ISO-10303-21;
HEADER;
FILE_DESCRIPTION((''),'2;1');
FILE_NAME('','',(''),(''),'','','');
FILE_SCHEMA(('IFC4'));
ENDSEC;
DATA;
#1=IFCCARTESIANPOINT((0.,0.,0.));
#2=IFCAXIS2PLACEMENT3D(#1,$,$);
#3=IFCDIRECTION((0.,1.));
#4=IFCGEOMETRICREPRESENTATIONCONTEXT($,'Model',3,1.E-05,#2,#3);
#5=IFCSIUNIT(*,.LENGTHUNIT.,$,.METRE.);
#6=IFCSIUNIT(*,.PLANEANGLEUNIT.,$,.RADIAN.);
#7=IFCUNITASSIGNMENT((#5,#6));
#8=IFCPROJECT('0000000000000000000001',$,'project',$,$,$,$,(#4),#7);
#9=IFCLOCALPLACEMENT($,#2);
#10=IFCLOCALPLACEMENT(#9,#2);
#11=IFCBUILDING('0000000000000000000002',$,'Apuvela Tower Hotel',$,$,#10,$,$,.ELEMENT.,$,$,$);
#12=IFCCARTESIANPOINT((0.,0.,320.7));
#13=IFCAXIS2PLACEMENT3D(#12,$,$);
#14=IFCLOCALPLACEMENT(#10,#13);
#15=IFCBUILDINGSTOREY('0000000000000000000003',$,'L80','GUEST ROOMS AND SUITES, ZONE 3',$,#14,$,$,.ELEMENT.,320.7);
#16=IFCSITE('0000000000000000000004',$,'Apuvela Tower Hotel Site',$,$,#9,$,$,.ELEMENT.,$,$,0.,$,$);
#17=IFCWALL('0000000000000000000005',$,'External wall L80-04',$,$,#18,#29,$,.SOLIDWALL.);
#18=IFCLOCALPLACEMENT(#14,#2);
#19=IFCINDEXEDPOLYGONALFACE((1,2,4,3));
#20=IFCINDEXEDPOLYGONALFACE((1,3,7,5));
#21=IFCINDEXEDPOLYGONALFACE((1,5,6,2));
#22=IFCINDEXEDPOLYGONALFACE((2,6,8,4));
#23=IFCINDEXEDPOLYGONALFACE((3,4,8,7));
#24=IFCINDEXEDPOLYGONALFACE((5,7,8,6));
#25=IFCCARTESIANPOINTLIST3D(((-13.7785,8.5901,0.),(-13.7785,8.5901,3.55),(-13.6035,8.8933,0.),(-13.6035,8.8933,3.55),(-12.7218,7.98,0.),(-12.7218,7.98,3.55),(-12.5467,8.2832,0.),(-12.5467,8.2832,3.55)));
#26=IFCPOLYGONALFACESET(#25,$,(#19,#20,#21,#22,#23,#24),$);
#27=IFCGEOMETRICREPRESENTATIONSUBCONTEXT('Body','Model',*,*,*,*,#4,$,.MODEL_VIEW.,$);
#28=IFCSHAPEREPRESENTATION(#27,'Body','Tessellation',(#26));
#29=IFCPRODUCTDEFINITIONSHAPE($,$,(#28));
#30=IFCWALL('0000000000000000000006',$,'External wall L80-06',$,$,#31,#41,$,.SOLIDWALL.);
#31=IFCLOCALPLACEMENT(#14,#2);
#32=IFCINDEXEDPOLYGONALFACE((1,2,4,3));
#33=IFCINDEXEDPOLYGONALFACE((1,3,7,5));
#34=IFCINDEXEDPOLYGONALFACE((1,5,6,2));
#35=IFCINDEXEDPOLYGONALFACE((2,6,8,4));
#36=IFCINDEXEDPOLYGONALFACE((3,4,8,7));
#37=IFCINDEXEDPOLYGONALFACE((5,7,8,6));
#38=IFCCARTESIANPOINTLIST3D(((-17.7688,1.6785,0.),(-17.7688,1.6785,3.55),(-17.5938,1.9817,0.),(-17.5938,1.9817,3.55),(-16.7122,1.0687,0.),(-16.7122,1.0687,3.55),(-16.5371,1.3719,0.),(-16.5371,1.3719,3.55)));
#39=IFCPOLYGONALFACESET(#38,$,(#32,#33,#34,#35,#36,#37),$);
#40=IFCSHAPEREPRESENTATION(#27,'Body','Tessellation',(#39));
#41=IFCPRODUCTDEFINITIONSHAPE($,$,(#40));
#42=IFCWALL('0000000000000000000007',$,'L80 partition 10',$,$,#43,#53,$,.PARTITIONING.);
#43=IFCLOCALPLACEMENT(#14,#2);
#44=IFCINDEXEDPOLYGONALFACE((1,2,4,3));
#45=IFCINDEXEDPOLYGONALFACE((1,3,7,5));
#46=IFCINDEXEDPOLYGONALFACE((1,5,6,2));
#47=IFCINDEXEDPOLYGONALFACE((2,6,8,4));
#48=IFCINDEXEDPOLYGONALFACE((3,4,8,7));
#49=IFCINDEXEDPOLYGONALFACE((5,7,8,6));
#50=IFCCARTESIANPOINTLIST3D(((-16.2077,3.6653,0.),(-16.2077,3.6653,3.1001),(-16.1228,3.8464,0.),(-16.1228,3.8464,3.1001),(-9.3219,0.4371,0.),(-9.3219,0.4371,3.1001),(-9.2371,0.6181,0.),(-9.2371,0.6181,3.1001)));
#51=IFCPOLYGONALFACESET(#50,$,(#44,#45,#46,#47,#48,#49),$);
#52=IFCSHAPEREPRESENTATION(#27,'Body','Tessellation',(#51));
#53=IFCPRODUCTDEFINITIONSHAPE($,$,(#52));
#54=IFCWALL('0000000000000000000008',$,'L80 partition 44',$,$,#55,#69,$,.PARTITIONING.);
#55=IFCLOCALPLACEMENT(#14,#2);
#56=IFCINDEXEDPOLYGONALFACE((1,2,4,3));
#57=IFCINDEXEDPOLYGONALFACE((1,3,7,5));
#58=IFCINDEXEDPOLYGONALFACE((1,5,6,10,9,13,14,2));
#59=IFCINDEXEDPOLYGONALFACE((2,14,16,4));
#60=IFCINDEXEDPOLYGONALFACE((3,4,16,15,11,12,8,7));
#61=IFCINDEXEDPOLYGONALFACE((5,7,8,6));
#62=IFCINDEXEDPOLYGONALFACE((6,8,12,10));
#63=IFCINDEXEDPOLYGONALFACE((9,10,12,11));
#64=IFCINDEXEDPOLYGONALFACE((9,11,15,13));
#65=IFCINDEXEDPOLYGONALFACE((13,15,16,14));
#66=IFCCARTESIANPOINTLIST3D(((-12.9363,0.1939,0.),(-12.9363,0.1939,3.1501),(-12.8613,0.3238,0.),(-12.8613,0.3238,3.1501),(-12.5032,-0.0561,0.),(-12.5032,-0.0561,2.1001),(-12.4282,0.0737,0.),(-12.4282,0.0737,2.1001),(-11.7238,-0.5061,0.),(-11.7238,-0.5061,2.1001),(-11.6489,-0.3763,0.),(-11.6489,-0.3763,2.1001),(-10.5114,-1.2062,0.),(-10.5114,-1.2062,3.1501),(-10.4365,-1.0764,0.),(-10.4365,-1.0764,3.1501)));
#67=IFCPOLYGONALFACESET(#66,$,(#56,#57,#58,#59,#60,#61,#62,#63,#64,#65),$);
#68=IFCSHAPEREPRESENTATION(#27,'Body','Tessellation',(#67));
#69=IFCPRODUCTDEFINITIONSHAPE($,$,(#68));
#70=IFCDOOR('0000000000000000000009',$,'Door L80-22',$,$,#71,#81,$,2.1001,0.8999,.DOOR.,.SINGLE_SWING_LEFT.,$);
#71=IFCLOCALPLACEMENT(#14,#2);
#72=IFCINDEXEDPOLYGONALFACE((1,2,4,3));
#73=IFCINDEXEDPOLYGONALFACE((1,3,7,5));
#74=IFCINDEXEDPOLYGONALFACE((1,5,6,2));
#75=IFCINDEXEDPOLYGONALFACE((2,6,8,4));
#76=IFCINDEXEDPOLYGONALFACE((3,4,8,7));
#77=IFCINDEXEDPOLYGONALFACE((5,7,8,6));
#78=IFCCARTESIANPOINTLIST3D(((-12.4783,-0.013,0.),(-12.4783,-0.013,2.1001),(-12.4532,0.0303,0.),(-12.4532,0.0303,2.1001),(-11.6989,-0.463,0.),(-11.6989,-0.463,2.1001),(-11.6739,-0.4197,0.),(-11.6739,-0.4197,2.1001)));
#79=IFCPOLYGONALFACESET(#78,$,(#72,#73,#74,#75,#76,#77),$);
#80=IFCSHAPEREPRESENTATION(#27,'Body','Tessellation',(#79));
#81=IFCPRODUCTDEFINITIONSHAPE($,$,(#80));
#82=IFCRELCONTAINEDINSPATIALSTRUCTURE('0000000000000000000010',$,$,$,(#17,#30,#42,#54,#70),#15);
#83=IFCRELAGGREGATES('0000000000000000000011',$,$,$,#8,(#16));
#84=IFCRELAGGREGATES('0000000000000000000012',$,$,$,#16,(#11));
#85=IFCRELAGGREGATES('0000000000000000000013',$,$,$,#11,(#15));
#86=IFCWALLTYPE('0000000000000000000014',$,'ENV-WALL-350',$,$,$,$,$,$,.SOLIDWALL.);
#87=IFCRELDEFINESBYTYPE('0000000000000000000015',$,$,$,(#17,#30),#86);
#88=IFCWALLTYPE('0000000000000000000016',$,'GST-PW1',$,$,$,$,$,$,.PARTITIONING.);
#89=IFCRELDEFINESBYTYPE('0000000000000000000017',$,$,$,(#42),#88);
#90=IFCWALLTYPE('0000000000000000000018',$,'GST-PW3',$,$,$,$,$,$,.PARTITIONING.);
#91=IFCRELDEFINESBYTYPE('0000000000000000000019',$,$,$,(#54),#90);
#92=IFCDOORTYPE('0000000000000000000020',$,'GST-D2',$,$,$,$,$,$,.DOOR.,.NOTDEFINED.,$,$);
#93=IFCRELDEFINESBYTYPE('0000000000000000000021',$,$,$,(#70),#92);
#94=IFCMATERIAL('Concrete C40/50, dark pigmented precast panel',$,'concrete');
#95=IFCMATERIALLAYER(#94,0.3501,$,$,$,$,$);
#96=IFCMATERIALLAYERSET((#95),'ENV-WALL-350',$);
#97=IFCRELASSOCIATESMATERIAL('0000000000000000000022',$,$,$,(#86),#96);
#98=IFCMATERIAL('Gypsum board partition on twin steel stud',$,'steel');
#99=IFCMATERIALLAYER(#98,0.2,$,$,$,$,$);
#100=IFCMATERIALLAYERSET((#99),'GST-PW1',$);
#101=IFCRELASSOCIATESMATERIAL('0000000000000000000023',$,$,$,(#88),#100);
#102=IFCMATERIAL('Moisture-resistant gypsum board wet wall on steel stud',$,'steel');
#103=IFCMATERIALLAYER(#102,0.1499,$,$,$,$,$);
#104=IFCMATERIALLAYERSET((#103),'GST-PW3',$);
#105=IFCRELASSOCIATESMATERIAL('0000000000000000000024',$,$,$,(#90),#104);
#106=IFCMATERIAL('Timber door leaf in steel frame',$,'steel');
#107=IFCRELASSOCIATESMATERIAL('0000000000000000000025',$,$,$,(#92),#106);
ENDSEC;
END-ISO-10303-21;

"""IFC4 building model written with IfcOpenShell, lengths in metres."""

from ifc_helpers import new_model, si_unit, direction, frame, frame_2d, origin, place, context, subcontext, project, spatial, rectangle, extrude, material, layer, layer_set, type_object, element, fill, save


model = new_model("IFC4")

# Units and contexts
model_context = context("Model", 3, precision=1e-05, world=origin(), true_north=direction((0.0, 1.0)))
body_context = subcontext(model_context, "Body", "Model", "MODEL_VIEW")
ifc_project = project(units=[si_unit("LENGTHUNIT", "METRE"), si_unit("PLANEANGLEUNIT", "RADIAN")], contexts=[model_context])

# Site, building, storey
site_placement = place(None, origin())
site = spatial("IfcSite", under=ifc_project, at=site_placement, Name="Apuvela Tower Hotel Site", CompositionType="ELEMENT", RefElevation=0.0)
building_placement = place(site_placement, origin())
building = spatial("IfcBuilding", under=site, at=building_placement, Name="Apuvela Tower Hotel", CompositionType="ELEMENT")
storey_placement = place(building_placement, frame((0.0, 0.0, 320.7)))
storey = spatial("IfcBuildingStorey", under=building, at=storey_placement, Name="L80", Description="GUEST ROOMS AND SUITES, ZONE 3", CompositionType="ELEMENT", Elevation=320.7)

# Wall
ifc_material_1 = material(Name="Concrete C40/50, dark pigmented precast panel", Category="concrete")
ifc_layer_1 = layer(ifc_material_1, 0.3501)
ifc_layer_set_1 = layer_set([ifc_layer_1], Name="ENV-WALL-350")
wall_type_1 = type_object("IfcWallType", Name="ENV-WALL-350", PredefinedType="SOLIDWALL", material=ifc_layer_set_1)
wall_1_placement = place(storey_placement, frame((-12.6343, 8.1316, 0.0), z_axis=(0.0, 0.0, 1.0), x_axis=(-0.866006, 0.500034, 0.0)))
element("IfcWall", 1, at=wall_1_placement, inside=storey, type_object=wall_type_1, Name="External wall L80-04", PredefinedType="SOLIDWALL", context=body_context, shape_type="SweptSolid", body=[
    extrude(rectangle(XDim=1.2202, YDim=0.3501, at=frame_2d((0.6101, 0.0))), origin(), (0.0, 0.0, 1.0), 3.55),
])

# Wall
wall_2_placement = place(storey_placement, frame((-17.6812, 1.8301, 0.0), z_axis=(0.0, 0.0, 1.0), x_axis=(0.866092, -0.499884, 0.0)))
element("IfcWall", 2, at=wall_2_placement, inside=storey, type_object=wall_type_1, Name="External wall L80-06", PredefinedType="SOLIDWALL", context=body_context, shape_type="SweptSolid", body=[
    extrude(rectangle(XDim=1.22, YDim=0.3501, at=frame_2d((0.6099, 0.0))), origin(), (0.0, 0.0, 1.0), 3.55),
])

# Wall
ifc_material_2 = material(Name="Gypsum board partition on twin steel stud", Category="steel")
ifc_layer_2 = layer(ifc_material_2, 0.2)
ifc_layer_set_2 = layer_set([ifc_layer_2], Name="GST-PW1")
wall_type_2 = type_object("IfcWallType", Name="GST-PW1", PredefinedType="PARTITIONING", material=ifc_layer_set_2)
wall_3_placement = place(storey_placement, frame((-16.1653, 3.7559, 0.0), z_axis=(0.0, 0.0, 1.0), x_axis=(0.90543, -0.424496, 0.0)))
element("IfcWall", 3, at=wall_3_placement, inside=storey, type_object=wall_type_2, Name="L80 partition 10", PredefinedType="PARTITIONING", context=body_context, shape_type="SweptSolid", body=[
    extrude(rectangle(XDim=7.605, YDim=0.2, at=frame_2d((3.8025, 0.0))), origin(), (0.0, 0.0, 1.0), 3.1001),
])

# Wall, opening, door
ifc_material_3 = material(Name="Moisture-resistant gypsum board wet wall on steel stud", Category="steel")
ifc_layer_3 = layer(ifc_material_3, 0.1499)
ifc_layer_set_3 = layer_set([ifc_layer_3], Name="GST-PW3")
wall_type_3 = type_object("IfcWallType", Name="GST-PW3", PredefinedType="PARTITIONING", material=ifc_layer_set_3)
wall_4_placement = place(storey_placement, frame((-12.8987, 0.2588, 0.0), z_axis=(0.0, 0.0, 1.0), x_axis=(0.865997, -0.50005, 0.0)))
wall_4 = element("IfcWall", 4, at=wall_4_placement, inside=storey, type_object=wall_type_3, Name="L80 partition 44", PredefinedType="PARTITIONING", context=body_context, shape_type="SweptSolid", body=[
    extrude(rectangle(XDim=2.8, YDim=0.1499, at=frame_2d((1.3999, 0.0))), origin(), (0.0, 0.0, 1.0), 3.1501),
])
opening_1_placement = place(wall_4_placement, frame((0.5, 0.0, 0.0)))
opening_1 = element("IfcOpeningElement", 5, at=opening_1_placement, cuts=wall_4, PredefinedType="OPENING", context=body_context, shape_type="SweptSolid", body=[
    extrude(rectangle(XDim=0.8999, YDim=2.1001, at=frame_2d((0.45, 1.05))), frame((0.0, 0.085, 0.0), z_axis=(0.0, -1.0, 0.0), x_axis=(1.0, 0.0, 0.0)), (0.0, 0.0, 1.0), 0.1699),
])
ifc_material_4 = material(Name="Timber door leaf in steel frame", Category="steel")
door_type_1 = type_object("IfcDoorType", Name="GST-D2", OperationType="NOTDEFINED", PredefinedType="DOOR", material=ifc_material_4)
door_1_placement = place(opening_1_placement, origin())
door_1 = element("IfcDoor", 6, at=door_1_placement, inside=storey, type_object=door_type_1, Name="Door L80-22", OperationType="SINGLE_SWING_LEFT", OverallHeight=2.1001, OverallWidth=0.8999, PredefinedType="DOOR", context=body_context, shape_type="SweptSolid", body=[
    extrude(rectangle(XDim=0.8999, YDim=2.1001, at=frame_2d((0.45, 1.05))), frame((0.0, 0.0249, 0.0), z_axis=(0.0, -1.0, 0.0), x_axis=(1.0, 0.0, 0.0)), (0.0, 0.0, 1.0), 0.05),
])
fill(opening_1, door_1)

save(model, "model.ifc")
